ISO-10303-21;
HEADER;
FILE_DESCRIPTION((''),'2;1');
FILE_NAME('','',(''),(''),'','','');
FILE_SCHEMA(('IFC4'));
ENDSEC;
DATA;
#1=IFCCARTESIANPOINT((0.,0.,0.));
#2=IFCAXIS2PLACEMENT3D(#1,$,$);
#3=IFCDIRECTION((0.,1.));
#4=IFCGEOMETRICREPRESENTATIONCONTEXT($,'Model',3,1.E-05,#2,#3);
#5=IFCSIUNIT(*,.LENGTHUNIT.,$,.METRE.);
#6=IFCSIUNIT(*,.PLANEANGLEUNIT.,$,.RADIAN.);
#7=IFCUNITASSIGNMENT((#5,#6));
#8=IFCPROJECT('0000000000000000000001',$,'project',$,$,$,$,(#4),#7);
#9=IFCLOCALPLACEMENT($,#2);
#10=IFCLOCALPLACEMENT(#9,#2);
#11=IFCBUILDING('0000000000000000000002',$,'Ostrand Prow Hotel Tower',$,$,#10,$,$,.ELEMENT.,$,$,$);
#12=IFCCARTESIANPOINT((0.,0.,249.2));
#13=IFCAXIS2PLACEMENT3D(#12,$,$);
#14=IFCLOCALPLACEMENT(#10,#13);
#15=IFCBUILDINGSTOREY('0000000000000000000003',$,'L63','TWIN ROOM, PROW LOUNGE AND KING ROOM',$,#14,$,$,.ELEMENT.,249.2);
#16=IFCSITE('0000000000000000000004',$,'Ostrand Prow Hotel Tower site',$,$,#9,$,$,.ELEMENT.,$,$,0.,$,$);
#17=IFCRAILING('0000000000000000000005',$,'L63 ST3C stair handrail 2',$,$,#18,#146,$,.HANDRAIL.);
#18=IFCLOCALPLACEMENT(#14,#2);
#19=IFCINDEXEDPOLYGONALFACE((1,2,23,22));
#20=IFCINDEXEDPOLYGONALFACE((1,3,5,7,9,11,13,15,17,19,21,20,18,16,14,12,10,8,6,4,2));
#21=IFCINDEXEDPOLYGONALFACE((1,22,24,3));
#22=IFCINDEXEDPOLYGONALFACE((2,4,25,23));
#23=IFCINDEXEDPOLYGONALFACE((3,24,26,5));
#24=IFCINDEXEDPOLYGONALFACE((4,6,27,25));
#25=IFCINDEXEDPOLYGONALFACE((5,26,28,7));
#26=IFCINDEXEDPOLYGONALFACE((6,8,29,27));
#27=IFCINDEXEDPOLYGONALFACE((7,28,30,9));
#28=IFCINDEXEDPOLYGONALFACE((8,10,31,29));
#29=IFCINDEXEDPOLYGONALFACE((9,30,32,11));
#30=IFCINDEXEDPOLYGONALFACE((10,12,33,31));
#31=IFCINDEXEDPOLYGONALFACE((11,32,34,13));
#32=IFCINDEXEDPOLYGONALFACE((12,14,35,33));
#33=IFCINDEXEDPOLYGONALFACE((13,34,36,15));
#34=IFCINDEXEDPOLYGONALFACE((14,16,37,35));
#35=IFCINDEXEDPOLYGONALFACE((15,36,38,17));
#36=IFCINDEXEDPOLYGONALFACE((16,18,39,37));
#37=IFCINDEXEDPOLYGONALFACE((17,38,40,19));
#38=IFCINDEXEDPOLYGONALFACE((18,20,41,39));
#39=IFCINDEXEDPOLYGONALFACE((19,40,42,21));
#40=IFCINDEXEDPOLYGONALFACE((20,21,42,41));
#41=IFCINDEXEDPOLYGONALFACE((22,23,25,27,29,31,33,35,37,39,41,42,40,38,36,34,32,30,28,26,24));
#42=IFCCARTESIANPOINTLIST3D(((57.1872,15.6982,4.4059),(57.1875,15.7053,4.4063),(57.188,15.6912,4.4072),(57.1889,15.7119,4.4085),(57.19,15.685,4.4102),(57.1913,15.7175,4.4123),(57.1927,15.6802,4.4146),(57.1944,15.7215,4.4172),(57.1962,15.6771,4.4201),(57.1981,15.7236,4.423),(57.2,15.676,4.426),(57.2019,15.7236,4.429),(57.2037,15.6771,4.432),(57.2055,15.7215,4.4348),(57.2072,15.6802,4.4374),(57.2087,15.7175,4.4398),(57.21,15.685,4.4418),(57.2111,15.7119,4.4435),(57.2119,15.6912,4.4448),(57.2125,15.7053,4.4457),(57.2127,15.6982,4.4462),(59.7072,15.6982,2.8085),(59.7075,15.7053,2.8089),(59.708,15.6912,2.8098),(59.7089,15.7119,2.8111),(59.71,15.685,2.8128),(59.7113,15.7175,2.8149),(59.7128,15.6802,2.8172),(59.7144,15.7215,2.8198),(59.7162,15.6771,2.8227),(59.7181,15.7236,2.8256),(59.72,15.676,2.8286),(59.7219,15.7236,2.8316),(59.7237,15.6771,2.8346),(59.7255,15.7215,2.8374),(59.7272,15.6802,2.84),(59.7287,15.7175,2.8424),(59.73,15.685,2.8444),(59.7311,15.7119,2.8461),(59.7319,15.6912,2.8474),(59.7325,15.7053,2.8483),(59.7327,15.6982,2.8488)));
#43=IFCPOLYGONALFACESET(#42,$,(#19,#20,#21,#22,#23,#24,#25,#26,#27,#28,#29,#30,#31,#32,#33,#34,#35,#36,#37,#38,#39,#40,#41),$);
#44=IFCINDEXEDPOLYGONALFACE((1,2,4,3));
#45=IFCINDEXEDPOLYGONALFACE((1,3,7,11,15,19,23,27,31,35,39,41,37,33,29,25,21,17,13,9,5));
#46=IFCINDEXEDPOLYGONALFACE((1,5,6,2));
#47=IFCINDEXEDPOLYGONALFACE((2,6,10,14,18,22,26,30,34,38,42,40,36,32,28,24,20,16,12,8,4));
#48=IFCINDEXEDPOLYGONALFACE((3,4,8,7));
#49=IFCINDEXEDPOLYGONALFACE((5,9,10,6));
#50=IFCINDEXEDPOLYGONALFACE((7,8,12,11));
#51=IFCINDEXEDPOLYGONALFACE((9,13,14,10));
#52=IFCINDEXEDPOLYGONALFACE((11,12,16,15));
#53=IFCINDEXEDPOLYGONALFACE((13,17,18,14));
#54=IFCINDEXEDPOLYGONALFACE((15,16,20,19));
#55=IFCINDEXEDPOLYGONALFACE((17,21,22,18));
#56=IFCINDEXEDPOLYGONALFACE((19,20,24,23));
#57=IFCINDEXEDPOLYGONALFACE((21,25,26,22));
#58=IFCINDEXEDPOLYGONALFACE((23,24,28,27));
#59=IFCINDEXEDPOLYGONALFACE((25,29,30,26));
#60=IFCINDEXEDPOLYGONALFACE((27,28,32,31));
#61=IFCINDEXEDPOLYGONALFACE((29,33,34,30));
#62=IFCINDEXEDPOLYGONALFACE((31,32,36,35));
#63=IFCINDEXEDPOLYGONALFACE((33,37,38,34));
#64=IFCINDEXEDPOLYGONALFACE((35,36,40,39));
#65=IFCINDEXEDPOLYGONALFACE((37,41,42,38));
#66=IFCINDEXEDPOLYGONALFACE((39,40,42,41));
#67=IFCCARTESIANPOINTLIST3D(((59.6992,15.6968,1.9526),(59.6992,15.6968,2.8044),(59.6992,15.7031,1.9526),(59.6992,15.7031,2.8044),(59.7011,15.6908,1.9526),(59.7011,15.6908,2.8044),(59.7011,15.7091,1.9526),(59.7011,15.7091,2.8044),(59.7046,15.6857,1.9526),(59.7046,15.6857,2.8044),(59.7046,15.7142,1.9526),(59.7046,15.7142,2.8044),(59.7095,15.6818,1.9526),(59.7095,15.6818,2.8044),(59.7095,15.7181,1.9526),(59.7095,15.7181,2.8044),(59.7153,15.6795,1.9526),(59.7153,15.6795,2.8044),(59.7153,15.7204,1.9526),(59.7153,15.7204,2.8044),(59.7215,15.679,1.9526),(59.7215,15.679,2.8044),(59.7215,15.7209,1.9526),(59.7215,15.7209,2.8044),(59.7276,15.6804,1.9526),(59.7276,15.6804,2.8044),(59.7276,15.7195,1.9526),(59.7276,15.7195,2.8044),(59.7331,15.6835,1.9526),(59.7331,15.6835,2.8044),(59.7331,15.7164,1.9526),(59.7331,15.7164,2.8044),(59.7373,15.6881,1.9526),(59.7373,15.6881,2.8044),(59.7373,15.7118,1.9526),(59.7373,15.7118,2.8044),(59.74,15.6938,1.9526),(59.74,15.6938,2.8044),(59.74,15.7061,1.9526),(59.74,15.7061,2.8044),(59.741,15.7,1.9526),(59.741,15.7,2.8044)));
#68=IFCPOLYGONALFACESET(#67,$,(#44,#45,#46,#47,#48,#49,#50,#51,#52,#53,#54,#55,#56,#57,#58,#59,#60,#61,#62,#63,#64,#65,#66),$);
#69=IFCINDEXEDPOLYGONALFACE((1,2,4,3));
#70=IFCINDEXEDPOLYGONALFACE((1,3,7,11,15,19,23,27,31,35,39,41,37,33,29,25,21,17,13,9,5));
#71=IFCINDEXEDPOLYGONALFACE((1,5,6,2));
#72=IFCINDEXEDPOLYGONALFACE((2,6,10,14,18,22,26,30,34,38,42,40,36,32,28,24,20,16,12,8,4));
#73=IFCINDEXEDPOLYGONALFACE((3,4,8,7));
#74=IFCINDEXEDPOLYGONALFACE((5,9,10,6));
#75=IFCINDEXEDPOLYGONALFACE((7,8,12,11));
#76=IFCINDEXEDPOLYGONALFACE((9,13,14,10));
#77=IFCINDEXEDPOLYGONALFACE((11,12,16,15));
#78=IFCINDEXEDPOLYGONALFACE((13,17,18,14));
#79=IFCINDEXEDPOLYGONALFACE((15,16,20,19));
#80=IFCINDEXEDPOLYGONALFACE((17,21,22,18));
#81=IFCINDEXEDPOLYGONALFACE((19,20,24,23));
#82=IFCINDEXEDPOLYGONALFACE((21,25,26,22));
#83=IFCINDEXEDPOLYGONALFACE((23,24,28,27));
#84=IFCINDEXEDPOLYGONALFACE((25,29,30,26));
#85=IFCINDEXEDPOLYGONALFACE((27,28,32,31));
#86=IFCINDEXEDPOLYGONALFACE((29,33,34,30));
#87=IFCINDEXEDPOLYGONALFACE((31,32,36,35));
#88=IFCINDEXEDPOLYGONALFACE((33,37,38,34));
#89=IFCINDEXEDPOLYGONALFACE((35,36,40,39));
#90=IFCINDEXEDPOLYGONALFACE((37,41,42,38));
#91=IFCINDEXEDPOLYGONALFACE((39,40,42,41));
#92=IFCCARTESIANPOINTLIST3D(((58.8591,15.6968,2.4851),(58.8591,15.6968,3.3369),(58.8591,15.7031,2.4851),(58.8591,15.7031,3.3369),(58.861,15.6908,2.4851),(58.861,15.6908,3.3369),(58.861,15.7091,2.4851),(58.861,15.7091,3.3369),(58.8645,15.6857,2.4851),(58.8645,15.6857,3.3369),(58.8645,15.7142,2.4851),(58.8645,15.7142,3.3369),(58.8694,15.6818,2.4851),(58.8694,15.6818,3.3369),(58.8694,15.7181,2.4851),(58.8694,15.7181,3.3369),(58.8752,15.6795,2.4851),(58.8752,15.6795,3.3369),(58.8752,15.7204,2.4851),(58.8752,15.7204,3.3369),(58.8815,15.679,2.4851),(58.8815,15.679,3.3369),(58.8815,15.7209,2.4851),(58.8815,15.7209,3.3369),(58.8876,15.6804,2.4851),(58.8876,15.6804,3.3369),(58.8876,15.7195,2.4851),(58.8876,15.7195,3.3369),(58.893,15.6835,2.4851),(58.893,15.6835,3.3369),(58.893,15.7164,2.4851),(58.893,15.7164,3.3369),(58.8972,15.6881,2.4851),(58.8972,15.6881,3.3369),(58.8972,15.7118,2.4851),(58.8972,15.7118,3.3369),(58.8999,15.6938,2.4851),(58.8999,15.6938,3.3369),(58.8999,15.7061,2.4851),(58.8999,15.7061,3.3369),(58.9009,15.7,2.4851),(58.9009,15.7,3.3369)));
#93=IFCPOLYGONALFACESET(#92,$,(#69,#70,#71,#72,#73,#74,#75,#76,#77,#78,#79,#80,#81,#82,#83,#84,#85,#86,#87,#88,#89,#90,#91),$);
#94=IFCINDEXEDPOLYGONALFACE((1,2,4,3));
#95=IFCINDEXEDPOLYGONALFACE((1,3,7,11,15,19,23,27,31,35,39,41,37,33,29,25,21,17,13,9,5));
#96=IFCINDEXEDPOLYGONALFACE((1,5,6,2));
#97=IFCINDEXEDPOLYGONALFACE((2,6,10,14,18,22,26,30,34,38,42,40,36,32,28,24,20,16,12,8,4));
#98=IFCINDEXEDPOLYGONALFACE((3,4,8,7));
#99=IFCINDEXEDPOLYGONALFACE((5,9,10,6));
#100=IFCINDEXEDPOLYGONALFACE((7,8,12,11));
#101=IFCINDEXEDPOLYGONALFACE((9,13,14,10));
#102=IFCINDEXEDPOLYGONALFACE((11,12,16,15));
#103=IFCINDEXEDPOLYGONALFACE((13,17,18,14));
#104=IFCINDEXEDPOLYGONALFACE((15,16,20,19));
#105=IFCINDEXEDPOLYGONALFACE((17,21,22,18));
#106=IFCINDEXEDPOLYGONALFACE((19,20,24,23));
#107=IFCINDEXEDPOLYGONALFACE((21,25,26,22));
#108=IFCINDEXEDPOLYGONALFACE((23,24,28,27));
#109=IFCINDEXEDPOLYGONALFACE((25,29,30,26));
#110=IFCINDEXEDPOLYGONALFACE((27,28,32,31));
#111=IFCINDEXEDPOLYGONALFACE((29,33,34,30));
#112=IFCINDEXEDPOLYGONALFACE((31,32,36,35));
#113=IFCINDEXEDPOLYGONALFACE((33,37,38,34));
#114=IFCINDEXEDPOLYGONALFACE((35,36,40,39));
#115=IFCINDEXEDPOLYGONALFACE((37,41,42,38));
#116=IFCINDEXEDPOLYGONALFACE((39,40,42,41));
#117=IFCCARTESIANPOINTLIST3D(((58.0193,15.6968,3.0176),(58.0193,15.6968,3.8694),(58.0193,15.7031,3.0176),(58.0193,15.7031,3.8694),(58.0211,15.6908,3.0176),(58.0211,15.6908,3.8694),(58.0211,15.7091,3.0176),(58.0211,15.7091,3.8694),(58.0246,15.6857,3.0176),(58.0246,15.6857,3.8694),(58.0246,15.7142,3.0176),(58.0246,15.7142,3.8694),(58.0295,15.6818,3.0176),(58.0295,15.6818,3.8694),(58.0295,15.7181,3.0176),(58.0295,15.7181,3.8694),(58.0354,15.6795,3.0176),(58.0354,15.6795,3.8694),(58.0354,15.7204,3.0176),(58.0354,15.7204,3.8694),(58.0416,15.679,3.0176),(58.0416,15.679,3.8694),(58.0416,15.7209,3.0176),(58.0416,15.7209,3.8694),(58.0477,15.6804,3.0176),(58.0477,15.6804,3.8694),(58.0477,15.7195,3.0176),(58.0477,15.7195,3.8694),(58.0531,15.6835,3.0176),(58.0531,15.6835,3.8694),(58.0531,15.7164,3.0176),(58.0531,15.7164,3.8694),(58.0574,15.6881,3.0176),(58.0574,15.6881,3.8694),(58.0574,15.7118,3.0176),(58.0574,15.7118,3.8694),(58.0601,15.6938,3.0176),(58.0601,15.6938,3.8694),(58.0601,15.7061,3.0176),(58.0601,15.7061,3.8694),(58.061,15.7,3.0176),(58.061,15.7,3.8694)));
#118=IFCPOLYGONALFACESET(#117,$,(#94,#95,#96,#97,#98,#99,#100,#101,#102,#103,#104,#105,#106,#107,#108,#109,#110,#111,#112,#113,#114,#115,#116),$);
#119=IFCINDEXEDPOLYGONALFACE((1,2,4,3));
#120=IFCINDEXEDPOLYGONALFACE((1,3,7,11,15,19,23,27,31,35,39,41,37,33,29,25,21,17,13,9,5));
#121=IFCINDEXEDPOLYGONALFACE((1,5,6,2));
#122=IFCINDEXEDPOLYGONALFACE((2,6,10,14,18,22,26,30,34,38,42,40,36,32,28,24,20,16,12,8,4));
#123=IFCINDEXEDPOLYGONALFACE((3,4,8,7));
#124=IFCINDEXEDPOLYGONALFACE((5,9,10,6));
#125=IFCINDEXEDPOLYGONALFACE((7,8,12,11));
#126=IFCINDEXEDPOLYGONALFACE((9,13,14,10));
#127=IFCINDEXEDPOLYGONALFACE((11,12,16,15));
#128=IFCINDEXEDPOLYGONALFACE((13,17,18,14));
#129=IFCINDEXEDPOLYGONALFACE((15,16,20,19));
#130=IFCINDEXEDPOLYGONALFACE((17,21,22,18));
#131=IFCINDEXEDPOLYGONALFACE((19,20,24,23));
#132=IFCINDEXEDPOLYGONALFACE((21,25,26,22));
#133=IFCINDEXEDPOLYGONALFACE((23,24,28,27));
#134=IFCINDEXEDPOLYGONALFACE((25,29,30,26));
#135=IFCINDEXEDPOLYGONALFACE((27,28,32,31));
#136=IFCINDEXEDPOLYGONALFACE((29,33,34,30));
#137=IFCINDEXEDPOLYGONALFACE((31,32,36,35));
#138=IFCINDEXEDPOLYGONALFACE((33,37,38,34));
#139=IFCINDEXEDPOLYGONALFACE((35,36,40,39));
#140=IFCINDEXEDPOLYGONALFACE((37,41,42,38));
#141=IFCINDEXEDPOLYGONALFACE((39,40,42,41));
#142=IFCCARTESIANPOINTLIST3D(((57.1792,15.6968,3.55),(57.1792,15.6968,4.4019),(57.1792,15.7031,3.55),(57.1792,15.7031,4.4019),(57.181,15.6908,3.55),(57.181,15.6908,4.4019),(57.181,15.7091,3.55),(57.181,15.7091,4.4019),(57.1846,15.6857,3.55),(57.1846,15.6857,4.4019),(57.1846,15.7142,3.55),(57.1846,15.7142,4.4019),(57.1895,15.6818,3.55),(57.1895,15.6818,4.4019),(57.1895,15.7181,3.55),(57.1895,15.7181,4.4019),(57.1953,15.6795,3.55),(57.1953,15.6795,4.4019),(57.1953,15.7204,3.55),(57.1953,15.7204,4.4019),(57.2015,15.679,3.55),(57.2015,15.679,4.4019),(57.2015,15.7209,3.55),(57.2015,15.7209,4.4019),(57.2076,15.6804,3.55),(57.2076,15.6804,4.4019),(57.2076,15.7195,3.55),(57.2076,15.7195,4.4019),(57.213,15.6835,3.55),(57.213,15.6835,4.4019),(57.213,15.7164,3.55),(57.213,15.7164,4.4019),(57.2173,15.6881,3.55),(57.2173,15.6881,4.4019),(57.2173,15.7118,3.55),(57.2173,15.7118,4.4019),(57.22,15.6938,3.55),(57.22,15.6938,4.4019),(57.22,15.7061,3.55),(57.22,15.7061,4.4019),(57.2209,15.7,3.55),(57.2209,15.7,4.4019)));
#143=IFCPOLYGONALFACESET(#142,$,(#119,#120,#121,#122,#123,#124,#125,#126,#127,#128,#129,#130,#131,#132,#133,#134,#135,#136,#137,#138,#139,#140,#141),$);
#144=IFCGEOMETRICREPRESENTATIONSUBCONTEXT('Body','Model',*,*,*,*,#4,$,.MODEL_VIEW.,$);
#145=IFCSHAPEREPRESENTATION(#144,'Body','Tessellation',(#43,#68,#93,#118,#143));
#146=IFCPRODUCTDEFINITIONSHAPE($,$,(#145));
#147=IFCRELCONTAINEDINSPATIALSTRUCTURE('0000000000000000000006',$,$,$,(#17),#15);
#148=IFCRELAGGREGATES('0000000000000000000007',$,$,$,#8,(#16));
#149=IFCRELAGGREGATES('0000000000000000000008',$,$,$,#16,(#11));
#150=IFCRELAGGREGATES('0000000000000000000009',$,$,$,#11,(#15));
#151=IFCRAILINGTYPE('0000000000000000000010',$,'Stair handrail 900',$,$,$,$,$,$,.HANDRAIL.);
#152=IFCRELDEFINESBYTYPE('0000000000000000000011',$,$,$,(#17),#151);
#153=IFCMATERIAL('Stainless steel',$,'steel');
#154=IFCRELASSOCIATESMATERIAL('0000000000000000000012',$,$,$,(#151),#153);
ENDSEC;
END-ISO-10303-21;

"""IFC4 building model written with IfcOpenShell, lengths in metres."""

from ifc_helpers import new_model, si_unit, direction, frame, origin, origin_2d, place, context, subcontext, project, spatial, circle, extrude, material, type_object, element, save


model = new_model("IFC4")

# Units and contexts
model_context = context("Model", 3, precision=1e-05, world=origin(), true_north=direction((0.0, 1.0)))
body_context = subcontext(model_context, "Body", "Model", "MODEL_VIEW")
ifc_project = project(units=[si_unit("LENGTHUNIT", "METRE"), si_unit("PLANEANGLEUNIT", "RADIAN")], contexts=[model_context])

# Site, building, storey
site_placement = place(None, origin())
site = spatial("IfcSite", under=ifc_project, at=site_placement, Name="Ostrand Prow Hotel Tower site", CompositionType="ELEMENT", RefElevation=0.0)
building_placement = place(site_placement, origin())
building = spatial("IfcBuilding", under=site, at=building_placement, Name="Ostrand Prow Hotel Tower", CompositionType="ELEMENT")
storey_placement = place(building_placement, frame((0.0, 0.0, 249.2)))
storey = spatial("IfcBuildingStorey", under=building, at=storey_placement, Name="L63", Description="TWIN ROOM, PROW LOUNGE AND KING ROOM", CompositionType="ELEMENT", Elevation=249.2)

# Railing
ifc_material_1 = material(Name="Stainless steel", Category="steel")
railing_type_1 = type_object("IfcRailingType", Name="Stair handrail 900", PredefinedType="HANDRAIL", material=ifc_material_1)
railing_1_placement = place(storey_placement, frame((59.72, 15.7, 1.9526)))
element("IfcRailing", 1, at=railing_1_placement, inside=storey, type_object=railing_type_1, Name="L63 ST3C stair handrail 2", PredefinedType="HANDRAIL", context=body_context, shape_type="SweptSolid", body=[
    extrude(circle(Radius=0.0239, at=origin_2d()), frame((0.0, 0.0, 0.876), z_axis=(-0.844607, 0.0, 0.535387), x_axis=(0.0, -1.0, 0.0)), (0.0, 0.0, 1.0), 2.9836),
    extrude(circle(Radius=0.021, at=origin_2d()), origin(), (0.0, 0.0, 1.0), 0.8518),
    extrude(circle(Radius=0.021, at=origin_2d()), frame((-0.8401, 0.0, 0.5325)), (0.0, 0.0, 1.0), 0.8518),
    extrude(circle(Radius=0.021, at=origin_2d()), frame((-1.6799, 0.0, 1.0649)), (0.0, 0.0, 1.0), 0.8518),
    extrude(circle(Radius=0.021, at=origin_2d()), frame((-2.52, 0.0, 1.5974)), (0.0, 0.0, 1.0), 0.8518),
])

save(model, "model.ifc")
